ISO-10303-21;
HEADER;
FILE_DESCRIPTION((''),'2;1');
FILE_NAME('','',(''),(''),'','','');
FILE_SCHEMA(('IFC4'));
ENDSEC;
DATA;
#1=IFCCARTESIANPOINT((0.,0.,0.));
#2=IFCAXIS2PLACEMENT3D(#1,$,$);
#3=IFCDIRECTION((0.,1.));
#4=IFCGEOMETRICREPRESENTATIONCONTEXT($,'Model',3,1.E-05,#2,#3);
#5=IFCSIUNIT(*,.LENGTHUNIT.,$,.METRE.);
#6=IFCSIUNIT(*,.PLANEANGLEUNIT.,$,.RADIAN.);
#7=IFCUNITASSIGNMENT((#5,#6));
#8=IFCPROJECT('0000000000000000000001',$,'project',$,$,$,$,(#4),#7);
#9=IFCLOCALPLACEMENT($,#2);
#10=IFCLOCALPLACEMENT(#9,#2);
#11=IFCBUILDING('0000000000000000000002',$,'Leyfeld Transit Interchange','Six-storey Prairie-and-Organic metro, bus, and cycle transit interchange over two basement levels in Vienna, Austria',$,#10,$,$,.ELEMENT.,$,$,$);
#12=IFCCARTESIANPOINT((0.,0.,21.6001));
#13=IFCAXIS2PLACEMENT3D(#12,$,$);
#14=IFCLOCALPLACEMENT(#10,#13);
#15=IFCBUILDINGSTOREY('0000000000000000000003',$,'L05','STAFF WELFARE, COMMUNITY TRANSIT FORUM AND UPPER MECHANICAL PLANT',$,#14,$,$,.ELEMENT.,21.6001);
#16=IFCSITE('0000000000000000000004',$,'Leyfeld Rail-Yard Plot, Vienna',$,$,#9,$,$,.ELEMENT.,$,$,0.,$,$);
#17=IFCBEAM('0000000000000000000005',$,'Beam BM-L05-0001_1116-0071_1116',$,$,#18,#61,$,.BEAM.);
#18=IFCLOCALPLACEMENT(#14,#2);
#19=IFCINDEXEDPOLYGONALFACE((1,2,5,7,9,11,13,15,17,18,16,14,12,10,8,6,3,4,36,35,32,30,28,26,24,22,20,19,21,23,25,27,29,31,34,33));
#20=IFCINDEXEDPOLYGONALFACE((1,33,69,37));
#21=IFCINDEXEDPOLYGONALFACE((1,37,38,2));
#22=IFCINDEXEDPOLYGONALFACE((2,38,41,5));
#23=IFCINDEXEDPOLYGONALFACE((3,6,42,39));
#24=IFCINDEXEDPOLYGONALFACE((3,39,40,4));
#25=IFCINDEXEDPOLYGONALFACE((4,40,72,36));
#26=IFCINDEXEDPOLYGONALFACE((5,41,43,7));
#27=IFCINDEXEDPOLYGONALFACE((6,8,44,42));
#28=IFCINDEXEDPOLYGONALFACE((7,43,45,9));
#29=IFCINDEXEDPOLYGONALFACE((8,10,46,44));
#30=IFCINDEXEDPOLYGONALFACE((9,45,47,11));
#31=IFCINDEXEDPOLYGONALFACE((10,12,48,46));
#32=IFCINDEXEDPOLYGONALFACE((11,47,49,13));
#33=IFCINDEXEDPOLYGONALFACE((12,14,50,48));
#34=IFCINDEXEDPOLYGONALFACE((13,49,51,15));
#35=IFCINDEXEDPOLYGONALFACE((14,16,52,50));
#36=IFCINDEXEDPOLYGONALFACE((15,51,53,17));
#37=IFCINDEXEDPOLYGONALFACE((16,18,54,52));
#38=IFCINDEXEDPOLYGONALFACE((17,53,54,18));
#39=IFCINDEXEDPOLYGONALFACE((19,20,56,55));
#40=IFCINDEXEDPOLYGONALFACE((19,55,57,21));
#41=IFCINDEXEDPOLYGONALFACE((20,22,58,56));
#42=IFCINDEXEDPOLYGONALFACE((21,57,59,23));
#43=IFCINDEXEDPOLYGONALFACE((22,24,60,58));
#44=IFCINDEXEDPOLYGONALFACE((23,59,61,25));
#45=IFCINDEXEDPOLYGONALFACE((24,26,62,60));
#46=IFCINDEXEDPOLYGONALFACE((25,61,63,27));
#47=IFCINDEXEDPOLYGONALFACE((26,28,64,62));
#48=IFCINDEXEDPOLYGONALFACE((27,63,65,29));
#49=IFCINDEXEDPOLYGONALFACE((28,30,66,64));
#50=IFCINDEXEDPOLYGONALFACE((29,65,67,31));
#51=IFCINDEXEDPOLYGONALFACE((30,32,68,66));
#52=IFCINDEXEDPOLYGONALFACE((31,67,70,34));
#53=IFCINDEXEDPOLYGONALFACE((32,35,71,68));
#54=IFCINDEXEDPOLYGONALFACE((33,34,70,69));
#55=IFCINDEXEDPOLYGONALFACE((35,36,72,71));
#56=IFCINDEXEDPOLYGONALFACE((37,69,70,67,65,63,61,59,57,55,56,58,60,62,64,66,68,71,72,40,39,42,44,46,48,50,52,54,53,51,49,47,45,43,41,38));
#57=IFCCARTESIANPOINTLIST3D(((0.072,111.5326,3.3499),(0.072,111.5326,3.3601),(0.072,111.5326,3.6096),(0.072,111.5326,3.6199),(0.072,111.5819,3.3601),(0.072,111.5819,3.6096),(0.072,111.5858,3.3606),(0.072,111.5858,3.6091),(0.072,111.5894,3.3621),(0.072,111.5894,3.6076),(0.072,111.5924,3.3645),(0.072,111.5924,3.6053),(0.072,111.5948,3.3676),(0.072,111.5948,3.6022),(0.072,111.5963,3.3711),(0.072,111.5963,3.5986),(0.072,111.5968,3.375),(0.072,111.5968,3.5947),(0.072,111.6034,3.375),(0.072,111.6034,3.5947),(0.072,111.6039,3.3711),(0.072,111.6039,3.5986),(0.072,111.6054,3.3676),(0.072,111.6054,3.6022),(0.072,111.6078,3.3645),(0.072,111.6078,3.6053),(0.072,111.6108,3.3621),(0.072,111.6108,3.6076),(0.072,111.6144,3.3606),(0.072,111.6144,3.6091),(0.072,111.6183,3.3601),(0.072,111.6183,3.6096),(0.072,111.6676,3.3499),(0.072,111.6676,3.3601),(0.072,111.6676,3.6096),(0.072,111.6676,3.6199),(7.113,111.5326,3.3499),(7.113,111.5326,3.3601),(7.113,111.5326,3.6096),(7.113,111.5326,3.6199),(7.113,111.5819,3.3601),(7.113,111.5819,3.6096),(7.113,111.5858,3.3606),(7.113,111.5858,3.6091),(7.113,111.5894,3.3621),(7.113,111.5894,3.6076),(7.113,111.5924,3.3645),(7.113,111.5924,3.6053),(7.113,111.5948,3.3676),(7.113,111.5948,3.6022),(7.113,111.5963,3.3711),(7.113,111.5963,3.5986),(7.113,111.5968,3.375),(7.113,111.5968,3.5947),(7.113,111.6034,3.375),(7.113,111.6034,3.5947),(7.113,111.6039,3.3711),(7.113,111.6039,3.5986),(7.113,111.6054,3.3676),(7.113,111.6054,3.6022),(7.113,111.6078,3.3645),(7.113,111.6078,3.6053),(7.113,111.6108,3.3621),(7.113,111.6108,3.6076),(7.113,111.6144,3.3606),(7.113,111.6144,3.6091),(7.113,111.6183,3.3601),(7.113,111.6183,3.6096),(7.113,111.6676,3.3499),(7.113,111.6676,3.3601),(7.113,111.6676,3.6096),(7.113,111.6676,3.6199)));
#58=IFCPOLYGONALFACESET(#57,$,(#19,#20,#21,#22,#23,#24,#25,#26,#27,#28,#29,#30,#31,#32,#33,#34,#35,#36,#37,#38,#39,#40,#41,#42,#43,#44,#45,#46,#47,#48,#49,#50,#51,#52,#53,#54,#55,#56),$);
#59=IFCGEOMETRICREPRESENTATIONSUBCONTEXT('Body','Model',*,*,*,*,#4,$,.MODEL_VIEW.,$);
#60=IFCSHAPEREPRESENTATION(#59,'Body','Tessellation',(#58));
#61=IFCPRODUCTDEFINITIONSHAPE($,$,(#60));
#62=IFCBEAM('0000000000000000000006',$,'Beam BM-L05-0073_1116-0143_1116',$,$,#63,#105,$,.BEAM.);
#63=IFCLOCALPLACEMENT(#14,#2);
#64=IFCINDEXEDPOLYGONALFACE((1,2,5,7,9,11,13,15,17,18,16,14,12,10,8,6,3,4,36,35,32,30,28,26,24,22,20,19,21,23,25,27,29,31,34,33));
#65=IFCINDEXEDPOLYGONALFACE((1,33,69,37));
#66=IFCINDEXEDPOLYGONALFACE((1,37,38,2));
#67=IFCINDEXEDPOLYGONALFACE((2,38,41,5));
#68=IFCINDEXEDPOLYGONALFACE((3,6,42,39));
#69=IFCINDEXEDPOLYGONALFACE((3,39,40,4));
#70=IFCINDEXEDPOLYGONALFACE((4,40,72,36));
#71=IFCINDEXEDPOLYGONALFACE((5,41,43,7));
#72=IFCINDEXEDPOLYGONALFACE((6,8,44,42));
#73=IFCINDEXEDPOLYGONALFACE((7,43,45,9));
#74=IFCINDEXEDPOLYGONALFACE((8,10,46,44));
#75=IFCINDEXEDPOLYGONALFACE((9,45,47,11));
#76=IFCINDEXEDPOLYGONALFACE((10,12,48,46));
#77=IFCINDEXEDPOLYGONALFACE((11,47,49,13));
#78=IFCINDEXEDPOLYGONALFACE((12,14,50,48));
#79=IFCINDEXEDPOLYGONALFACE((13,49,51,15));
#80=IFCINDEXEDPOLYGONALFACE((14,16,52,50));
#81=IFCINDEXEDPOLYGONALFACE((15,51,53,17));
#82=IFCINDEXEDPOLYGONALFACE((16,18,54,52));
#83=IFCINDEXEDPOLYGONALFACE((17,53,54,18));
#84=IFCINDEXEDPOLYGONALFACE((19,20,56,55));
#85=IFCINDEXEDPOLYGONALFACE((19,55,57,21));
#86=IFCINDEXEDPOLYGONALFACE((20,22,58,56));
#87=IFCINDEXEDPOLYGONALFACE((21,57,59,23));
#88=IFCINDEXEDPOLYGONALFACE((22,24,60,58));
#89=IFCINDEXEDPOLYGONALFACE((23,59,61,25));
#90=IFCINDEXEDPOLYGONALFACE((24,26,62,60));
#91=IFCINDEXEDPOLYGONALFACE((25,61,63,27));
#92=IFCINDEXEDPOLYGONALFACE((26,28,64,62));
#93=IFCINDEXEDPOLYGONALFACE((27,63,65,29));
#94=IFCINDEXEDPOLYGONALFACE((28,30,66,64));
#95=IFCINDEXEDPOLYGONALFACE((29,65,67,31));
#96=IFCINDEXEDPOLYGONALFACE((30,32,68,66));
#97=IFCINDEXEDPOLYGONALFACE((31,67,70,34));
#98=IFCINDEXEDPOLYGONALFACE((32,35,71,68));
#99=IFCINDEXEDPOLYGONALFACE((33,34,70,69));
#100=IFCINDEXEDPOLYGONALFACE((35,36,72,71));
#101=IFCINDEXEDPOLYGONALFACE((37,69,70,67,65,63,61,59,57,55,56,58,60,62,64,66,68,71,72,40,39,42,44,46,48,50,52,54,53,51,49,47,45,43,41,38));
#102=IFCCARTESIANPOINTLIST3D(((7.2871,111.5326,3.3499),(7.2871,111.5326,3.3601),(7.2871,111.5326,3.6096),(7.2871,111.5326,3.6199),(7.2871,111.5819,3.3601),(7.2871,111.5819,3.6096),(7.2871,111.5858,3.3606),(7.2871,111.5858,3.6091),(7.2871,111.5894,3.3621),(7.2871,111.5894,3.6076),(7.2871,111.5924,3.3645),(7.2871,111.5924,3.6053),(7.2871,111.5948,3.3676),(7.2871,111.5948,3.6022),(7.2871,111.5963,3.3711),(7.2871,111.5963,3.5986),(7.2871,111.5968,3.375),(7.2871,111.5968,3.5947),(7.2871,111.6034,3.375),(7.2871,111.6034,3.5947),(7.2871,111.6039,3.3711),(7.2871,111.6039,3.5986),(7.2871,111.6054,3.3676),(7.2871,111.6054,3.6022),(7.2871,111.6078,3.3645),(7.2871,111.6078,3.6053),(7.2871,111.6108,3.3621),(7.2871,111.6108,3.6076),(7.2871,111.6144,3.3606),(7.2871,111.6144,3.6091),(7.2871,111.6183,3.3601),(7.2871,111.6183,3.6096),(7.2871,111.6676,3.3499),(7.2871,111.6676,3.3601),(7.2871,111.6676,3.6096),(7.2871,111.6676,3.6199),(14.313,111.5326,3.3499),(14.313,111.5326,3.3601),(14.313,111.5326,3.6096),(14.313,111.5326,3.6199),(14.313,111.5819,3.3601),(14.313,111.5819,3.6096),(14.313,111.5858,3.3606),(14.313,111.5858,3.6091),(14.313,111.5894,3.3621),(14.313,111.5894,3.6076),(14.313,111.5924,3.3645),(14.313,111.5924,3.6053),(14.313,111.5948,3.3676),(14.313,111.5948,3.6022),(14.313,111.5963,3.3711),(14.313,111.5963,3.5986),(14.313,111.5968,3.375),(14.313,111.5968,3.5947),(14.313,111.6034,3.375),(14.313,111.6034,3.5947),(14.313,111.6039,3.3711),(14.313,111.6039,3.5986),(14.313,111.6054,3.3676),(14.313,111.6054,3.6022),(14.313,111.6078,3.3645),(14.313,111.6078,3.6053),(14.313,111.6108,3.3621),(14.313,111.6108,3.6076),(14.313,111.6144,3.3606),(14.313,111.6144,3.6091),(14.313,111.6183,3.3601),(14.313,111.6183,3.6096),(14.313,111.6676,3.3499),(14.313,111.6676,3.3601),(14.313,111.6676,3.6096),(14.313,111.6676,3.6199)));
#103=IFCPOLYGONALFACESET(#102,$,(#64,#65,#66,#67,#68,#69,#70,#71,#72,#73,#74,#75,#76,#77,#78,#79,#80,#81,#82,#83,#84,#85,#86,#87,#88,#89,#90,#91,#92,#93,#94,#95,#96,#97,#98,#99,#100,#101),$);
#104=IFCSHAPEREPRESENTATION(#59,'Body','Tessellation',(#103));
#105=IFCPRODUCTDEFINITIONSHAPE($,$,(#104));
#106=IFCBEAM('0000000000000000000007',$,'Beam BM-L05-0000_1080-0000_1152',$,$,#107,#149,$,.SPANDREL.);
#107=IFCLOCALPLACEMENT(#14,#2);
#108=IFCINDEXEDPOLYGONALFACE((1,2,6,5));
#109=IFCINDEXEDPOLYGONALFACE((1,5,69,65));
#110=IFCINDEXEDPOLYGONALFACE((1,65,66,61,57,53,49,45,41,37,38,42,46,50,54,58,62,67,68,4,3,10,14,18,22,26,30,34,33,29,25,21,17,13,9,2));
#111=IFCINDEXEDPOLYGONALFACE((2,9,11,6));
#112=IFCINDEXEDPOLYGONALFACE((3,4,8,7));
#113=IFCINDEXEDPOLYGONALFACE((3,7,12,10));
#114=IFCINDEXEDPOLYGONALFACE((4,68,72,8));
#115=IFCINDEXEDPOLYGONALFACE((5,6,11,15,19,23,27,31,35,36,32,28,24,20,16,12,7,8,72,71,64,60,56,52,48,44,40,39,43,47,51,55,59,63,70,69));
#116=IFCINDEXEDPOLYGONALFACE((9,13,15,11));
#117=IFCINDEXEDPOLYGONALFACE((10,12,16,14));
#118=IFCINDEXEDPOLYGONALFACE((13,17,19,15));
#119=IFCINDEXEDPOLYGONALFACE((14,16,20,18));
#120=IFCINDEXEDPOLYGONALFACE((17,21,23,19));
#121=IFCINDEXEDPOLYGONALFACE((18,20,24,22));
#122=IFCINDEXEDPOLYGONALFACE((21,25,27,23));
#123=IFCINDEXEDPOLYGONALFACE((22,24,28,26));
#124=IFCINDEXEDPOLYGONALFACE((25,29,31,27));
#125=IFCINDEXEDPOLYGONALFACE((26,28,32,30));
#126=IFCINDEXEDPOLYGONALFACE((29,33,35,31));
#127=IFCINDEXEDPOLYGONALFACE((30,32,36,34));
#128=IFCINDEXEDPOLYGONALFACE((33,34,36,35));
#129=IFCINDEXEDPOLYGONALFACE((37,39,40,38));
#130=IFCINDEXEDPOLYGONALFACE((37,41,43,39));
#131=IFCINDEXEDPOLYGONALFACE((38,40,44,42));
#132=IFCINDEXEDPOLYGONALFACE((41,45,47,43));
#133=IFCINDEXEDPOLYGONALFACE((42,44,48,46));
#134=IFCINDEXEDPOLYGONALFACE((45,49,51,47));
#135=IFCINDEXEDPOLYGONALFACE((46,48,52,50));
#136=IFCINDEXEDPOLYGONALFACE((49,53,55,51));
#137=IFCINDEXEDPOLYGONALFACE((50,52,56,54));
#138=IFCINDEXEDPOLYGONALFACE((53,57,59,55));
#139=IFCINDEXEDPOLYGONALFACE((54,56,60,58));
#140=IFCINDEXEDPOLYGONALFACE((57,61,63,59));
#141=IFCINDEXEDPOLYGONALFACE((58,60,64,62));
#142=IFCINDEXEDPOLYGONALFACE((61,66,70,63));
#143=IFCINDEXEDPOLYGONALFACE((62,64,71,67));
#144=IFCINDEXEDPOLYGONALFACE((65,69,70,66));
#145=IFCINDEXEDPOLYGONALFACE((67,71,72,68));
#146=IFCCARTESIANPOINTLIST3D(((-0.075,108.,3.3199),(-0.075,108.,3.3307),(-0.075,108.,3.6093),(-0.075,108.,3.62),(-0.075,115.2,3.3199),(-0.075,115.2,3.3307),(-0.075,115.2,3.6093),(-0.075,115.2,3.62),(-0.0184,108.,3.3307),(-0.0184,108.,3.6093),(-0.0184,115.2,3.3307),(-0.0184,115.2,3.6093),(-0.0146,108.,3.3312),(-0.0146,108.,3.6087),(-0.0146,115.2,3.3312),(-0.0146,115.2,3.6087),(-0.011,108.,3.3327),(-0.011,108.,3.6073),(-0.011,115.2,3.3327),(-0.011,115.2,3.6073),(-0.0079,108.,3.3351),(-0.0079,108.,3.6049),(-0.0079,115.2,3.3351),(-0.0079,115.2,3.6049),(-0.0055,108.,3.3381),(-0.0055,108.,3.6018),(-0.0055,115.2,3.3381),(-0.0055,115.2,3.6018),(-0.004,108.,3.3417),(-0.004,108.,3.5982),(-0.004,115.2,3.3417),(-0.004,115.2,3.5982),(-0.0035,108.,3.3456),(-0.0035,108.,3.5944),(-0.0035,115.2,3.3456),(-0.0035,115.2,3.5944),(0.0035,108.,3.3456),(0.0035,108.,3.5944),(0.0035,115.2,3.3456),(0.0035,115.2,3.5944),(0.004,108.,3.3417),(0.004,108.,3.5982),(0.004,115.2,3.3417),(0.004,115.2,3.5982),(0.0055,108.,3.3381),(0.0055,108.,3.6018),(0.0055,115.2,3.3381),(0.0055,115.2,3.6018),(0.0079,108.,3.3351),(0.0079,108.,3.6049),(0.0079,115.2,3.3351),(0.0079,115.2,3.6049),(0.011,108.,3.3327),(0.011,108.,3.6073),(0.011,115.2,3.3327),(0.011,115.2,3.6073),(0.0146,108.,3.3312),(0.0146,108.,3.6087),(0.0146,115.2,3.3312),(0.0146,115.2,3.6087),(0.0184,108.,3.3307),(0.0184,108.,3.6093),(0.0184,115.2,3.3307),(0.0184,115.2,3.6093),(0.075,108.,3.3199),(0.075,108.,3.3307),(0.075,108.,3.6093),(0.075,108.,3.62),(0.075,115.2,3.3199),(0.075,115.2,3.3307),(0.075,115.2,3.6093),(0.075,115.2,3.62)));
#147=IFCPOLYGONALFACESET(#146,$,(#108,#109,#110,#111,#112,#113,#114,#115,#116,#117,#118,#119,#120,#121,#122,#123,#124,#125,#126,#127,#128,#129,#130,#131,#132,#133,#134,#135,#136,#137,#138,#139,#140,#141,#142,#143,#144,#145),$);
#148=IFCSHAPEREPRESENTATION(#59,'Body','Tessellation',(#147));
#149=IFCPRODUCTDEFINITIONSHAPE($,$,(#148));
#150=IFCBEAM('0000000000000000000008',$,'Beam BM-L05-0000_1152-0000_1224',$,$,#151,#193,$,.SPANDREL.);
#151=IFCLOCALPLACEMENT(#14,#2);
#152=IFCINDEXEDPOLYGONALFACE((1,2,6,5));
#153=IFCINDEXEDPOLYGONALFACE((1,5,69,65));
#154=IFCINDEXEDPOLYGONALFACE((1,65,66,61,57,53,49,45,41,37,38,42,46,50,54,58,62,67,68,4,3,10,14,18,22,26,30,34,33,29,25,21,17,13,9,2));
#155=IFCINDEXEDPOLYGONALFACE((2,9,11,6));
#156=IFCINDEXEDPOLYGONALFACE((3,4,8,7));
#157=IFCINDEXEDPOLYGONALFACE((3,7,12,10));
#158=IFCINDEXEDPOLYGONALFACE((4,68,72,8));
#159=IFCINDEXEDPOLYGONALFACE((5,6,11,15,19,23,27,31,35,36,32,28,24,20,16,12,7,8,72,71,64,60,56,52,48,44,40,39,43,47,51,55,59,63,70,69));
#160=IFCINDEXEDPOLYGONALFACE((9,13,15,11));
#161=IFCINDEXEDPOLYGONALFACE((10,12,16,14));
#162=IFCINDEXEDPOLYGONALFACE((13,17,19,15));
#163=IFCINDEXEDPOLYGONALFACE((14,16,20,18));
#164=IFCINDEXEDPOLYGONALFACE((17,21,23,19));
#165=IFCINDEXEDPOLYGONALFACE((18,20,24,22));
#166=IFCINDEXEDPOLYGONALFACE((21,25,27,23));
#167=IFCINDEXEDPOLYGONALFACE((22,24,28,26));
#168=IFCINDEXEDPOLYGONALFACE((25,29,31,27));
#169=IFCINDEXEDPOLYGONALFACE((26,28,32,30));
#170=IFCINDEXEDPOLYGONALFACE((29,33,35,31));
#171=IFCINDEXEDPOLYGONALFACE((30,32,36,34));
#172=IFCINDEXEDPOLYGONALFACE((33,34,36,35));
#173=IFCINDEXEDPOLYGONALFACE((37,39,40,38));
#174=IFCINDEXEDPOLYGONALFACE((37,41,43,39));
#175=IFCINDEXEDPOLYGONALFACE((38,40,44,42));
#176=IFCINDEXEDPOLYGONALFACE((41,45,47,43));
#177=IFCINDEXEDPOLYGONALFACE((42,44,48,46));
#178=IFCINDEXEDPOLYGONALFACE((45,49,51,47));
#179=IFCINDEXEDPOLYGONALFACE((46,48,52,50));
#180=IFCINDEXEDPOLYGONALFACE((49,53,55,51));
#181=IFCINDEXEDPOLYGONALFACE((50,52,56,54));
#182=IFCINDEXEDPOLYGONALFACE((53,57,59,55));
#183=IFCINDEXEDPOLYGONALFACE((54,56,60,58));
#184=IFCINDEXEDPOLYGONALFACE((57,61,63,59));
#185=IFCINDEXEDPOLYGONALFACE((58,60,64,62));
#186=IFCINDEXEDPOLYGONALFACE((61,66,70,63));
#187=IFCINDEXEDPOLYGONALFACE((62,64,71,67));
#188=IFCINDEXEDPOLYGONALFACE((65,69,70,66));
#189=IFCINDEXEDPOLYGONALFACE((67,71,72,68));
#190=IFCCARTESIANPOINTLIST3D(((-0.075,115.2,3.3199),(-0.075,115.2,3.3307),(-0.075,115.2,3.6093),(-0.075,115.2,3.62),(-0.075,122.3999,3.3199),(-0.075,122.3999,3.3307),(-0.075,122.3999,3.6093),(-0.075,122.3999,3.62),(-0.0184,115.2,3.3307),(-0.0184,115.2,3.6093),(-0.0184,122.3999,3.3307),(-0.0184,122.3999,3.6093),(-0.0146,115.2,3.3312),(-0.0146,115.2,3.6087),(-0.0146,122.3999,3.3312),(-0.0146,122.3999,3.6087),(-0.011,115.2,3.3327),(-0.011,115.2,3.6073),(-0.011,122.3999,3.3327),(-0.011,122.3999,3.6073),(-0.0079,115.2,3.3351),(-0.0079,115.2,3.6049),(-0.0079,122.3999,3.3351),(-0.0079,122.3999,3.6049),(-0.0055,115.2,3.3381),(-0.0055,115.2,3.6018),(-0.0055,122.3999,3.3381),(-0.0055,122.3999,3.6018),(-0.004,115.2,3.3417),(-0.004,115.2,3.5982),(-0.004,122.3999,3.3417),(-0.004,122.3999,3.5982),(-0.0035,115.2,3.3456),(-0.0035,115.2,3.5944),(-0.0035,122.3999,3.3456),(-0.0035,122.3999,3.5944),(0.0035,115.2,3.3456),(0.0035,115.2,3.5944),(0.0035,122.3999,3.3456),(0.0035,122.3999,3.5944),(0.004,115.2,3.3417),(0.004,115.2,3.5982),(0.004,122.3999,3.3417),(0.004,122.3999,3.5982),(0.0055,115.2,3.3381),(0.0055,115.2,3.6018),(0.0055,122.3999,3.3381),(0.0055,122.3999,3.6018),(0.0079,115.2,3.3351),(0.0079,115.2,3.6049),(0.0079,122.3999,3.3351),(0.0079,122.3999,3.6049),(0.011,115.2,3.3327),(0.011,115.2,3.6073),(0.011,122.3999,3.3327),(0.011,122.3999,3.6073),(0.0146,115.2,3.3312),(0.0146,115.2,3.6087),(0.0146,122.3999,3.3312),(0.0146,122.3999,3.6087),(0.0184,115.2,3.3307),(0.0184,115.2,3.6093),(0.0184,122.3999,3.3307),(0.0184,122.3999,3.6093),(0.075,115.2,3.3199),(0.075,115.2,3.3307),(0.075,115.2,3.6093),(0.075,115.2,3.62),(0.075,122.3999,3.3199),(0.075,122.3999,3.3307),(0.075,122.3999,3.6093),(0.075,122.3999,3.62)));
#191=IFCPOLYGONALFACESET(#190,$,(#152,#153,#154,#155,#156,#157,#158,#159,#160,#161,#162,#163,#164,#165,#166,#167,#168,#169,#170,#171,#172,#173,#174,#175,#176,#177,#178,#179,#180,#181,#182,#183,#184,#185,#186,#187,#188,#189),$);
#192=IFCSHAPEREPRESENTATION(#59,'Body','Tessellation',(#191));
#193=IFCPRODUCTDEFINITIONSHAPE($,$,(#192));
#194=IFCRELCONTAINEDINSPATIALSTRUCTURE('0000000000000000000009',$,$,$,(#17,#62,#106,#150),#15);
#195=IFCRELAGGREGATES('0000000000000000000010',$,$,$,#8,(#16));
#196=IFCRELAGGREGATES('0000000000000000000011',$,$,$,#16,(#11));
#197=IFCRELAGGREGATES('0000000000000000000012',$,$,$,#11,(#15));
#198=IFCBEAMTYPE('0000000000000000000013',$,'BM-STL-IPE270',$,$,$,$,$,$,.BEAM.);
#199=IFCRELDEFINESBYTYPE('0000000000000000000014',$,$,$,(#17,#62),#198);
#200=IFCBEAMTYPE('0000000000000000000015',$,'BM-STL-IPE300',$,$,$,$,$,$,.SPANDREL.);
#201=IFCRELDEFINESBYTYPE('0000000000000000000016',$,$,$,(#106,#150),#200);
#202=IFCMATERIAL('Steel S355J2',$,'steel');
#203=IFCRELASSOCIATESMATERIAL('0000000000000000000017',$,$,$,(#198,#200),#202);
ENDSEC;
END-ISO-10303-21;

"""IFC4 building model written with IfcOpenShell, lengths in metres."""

from ifc_helpers import new_model, si_unit, direction, frame, origin, origin_2d, place, context, subcontext, project, spatial, i_section, extrude, material, material_profile, profile_set, type_object, element, save


model = new_model("IFC4")

# Units and contexts
model_context = context("Model", 3, precision=1e-05, world=origin(), true_north=direction((0.0, 1.0)))
body_context = subcontext(model_context, "Body", "Model", "MODEL_VIEW")
ifc_project = project(units=[si_unit("LENGTHUNIT", "METRE"), si_unit("PLANEANGLEUNIT", "RADIAN")], contexts=[model_context])

# Site, building, storey
site_placement = place(None, origin())
site = spatial("IfcSite", under=ifc_project, at=site_placement, Name="Leyfeld Rail-Yard Plot, Vienna", CompositionType="ELEMENT", RefElevation=0.0)
building_placement = place(site_placement, origin())
building = spatial("IfcBuilding", under=site, at=building_placement, Name="Leyfeld Transit Interchange", Description="Six-storey Prairie-and-Organic metro, bus, and cycle transit interchange over two basement levels in Vienna, Austria", CompositionType="ELEMENT")
storey_placement = place(building_placement, frame((0.0, 0.0, 21.6001)))
storey = spatial("IfcBuildingStorey", under=building, at=storey_placement, Name="L05", Description="STAFF WELFARE, COMMUNITY TRANSIT FORUM AND UPPER MECHANICAL PLANT", CompositionType="ELEMENT", Elevation=21.6001)

# Shared definitions
ifc_material_1 = material(Name="Steel S355J2", Category="steel")

# Beams
ifc_material_profile_1 = material_profile(ifc_material_1, i_section(OverallWidth=0.135, OverallDepth=0.27, WebThickness=0.0066, FlangeThickness=0.0103, FilletRadius=0.0149, at=origin_2d()), Name="IPE 270")
ifc_profile_set_1 = profile_set([ifc_material_profile_1], Name="Steel S355J2")
beam_type_1 = type_object("IfcBeamType", Name="BM-STL-IPE270", PredefinedType="BEAM", material=ifc_profile_set_1)
beam_1_placement = place(storey_placement, frame((0.072, 111.6001, 3.4849), z_axis=(1.0, 0.0, 0.0), x_axis=(0.0, 1.0, 0.0)))
element("IfcBeam", 1, at=beam_1_placement, inside=storey, type_object=beam_type_1, Name="Beam BM-L05-0001_1116-0071_1116", PredefinedType="BEAM", context=body_context, shape_type="SweptSolid", body=[
    extrude(i_section(OverallWidth=0.135, OverallDepth=0.27, WebThickness=0.0066, FlangeThickness=0.0103, FilletRadius=0.0149, at=origin_2d()), origin(), (0.0, 0.0, 1.0), 7.041),
])
beam_2_placement = place(storey_placement, frame((7.2871, 111.6001, 3.4849), z_axis=(1.0, 0.0, 0.0), x_axis=(0.0, 1.0, 0.0)))
element("IfcBeam", 2, at=beam_2_placement, inside=storey, type_object=beam_type_1, Name="Beam BM-L05-0073_1116-0143_1116", PredefinedType="BEAM", context=body_context, shape_type="SweptSolid", body=[
    extrude(i_section(OverallWidth=0.135, OverallDepth=0.27, WebThickness=0.0066, FlangeThickness=0.0103, FilletRadius=0.0149, at=origin_2d()), origin(), (0.0, 0.0, 1.0), 7.0259),
])
ifc_material_profile_2 = material_profile(ifc_material_1, i_section(OverallWidth=0.1499, OverallDepth=0.3, WebThickness=0.0071, FlangeThickness=0.0107, FilletRadius=0.0149, at=origin_2d()), Name="IPE 300")
ifc_profile_set_2 = profile_set([ifc_material_profile_2], Name="Steel S355J2")
beam_type_2 = type_object("IfcBeamType", Name="BM-STL-IPE300", PredefinedType="SPANDREL", material=ifc_profile_set_2)
for number, where, z_axis, x_axis, name in (
    (3, (0.0, 108.0, 3.47), (0.0, 1.0, 0.0), (-1.0, 0.0, 0.0), "Beam BM-L05-0000_1080-0000_1152"),
    (4, (0.0, 115.2, 3.47), (0.0, 1.0, 0.0), (-1.0, 0.0, 0.0), "Beam BM-L05-0000_1152-0000_1224"),
):
    element("IfcBeam", number, at=place(storey_placement, frame(where, z_axis=z_axis, x_axis=x_axis)), inside=storey, type_object=beam_type_2, Name=name, PredefinedType="SPANDREL", context=body_context, shape_type="SweptSolid", body=[
        extrude(i_section(OverallWidth=0.1499, OverallDepth=0.3, WebThickness=0.0071, FlangeThickness=0.0107, FilletRadius=0.0149, at=origin_2d()), origin(), (0.0, 0.0, 1.0), 7.2),
    ])

save(model, "model.ifc")
